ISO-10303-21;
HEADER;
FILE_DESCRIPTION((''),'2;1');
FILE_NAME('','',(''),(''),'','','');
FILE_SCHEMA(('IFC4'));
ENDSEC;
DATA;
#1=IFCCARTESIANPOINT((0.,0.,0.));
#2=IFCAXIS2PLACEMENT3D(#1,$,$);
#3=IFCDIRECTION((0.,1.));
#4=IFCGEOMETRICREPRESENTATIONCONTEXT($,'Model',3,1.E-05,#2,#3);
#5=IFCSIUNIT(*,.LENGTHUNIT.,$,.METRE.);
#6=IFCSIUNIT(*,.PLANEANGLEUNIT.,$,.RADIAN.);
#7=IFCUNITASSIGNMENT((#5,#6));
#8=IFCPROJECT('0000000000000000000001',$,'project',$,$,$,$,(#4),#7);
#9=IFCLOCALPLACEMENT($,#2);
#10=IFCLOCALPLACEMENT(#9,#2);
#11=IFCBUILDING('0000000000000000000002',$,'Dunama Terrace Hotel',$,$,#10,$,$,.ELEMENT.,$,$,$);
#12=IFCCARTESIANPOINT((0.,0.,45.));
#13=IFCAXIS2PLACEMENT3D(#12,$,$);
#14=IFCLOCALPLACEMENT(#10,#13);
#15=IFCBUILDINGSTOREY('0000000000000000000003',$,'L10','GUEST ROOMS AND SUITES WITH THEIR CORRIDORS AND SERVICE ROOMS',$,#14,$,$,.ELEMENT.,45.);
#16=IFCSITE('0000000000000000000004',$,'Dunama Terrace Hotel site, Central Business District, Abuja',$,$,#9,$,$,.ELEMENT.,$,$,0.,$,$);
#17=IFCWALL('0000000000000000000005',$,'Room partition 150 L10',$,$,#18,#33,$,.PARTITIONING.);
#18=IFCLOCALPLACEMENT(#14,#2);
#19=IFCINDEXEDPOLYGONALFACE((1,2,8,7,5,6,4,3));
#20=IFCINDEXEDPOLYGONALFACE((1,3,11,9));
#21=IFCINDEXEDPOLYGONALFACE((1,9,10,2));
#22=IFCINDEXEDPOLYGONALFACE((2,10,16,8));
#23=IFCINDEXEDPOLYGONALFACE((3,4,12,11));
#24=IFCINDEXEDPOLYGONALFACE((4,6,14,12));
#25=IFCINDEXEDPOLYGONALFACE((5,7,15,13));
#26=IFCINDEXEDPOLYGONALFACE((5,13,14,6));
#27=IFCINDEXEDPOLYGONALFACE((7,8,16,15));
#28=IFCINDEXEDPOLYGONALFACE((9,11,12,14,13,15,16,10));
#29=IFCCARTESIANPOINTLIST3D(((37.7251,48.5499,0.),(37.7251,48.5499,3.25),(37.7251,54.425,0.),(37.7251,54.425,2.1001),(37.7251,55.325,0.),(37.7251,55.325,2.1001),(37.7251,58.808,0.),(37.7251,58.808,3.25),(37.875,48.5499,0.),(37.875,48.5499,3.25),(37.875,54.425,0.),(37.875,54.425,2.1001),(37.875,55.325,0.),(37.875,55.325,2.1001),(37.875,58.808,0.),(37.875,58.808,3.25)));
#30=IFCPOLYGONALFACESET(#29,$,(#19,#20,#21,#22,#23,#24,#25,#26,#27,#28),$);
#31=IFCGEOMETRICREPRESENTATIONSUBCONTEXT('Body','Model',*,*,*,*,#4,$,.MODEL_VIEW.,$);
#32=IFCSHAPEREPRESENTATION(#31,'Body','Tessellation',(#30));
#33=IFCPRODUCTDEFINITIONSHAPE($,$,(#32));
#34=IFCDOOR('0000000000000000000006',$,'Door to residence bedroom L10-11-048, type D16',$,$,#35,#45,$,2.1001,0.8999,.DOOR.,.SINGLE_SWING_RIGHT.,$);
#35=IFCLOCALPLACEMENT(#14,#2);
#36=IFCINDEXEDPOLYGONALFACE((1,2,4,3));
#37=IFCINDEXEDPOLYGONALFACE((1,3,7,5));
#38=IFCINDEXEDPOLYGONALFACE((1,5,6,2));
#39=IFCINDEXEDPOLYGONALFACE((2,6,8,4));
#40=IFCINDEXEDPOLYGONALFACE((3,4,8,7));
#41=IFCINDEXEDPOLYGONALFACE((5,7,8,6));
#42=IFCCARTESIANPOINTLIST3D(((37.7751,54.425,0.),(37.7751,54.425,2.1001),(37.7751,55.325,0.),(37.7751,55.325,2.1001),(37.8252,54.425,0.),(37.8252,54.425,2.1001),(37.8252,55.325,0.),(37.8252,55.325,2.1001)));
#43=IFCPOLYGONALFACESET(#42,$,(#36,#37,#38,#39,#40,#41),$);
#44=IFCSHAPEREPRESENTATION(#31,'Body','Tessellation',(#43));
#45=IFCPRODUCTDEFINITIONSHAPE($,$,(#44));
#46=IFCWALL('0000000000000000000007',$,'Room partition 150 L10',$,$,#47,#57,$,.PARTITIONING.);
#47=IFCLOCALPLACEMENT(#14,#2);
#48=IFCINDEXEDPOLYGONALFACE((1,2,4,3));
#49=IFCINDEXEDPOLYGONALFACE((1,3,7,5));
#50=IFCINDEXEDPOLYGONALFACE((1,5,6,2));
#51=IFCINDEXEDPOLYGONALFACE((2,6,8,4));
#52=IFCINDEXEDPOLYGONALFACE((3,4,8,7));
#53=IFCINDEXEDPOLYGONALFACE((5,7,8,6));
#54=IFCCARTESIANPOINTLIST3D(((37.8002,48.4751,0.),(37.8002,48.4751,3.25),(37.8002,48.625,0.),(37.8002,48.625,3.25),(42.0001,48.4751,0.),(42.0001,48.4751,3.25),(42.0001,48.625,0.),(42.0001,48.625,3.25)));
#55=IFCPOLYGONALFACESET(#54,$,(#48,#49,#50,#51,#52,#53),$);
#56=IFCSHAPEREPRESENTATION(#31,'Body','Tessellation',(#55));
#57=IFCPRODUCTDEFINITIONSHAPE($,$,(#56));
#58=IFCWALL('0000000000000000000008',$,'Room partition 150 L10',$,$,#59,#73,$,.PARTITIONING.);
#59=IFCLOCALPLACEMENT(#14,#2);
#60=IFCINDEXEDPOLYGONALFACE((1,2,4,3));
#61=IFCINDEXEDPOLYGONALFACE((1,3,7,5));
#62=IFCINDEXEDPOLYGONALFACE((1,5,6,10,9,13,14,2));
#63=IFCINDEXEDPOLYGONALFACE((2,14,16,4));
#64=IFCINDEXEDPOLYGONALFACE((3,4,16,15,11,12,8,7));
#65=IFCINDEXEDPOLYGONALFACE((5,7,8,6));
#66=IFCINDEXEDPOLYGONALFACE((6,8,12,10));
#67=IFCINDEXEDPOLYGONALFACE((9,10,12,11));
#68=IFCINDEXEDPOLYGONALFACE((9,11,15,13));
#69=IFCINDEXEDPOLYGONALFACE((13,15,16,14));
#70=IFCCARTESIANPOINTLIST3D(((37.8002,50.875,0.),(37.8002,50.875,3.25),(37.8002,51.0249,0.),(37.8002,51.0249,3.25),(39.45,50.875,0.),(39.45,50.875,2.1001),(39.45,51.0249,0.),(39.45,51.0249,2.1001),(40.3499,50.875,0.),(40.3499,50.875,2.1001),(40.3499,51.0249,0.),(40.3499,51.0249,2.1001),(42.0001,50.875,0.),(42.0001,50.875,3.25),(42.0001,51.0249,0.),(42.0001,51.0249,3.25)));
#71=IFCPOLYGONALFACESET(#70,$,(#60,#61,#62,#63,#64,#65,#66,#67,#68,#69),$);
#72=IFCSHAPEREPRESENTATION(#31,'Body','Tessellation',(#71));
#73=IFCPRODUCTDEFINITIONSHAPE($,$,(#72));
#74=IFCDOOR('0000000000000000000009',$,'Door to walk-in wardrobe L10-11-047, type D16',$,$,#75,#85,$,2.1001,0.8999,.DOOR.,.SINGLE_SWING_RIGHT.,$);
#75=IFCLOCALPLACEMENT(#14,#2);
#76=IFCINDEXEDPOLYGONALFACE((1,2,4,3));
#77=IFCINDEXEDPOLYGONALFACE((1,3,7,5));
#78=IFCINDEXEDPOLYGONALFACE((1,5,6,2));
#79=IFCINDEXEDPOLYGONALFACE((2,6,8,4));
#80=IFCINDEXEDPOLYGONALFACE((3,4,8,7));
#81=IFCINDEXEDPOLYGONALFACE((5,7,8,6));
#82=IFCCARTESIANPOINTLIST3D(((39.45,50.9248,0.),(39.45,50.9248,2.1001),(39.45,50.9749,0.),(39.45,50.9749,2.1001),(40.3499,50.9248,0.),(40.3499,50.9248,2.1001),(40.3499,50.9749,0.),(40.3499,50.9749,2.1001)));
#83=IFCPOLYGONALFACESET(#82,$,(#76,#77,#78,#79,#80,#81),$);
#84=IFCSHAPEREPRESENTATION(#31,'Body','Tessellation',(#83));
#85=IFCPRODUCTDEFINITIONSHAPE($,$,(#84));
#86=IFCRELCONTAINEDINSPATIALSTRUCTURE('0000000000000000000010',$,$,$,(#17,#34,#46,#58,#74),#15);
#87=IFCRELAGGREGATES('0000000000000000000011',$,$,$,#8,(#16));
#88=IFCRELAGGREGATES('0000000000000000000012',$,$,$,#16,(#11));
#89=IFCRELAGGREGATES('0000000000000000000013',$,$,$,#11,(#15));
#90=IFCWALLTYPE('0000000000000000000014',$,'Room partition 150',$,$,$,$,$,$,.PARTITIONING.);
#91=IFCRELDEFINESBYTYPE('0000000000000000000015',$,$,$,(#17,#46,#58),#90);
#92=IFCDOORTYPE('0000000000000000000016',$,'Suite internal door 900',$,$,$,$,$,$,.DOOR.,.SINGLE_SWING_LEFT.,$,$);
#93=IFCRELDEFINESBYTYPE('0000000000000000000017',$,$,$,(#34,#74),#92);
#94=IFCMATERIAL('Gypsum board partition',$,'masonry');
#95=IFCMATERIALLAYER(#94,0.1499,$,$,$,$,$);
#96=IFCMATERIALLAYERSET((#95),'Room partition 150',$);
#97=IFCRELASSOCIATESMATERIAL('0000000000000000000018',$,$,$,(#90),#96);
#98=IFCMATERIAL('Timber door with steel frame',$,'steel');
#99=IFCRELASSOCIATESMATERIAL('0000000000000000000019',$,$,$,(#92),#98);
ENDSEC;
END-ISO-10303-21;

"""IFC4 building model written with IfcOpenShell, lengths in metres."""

from ifc_helpers import new_model, si_unit, direction, frame, frame_2d, origin, place, context, subcontext, project, spatial, rectangle, extrude, material, layer, layer_set, type_object, element, fill, save


model = new_model("IFC4")

# Units and contexts
model_context = context("Model", 3, precision=1e-05, world=origin(), true_north=direction((0.0, 1.0)))
body_context = subcontext(model_context, "Body", "Model", "MODEL_VIEW")
ifc_project = project(units=[si_unit("LENGTHUNIT", "METRE"), si_unit("PLANEANGLEUNIT", "RADIAN")], contexts=[model_context])

# Site, building, storey
site_placement = place(None, origin())
site = spatial("IfcSite", under=ifc_project, at=site_placement, Name="Dunama Terrace Hotel site, Central Business District, Abuja", CompositionType="ELEMENT", RefElevation=0.0)
building_placement = place(site_placement, origin())
building = spatial("IfcBuilding", under=site, at=building_placement, Name="Dunama Terrace Hotel", CompositionType="ELEMENT")
storey_placement = place(building_placement, frame((0.0, 0.0, 45.0)))
storey = spatial("IfcBuildingStorey", under=building, at=storey_placement, Name="L10", Description="GUEST ROOMS AND SUITES WITH THEIR CORRIDORS AND SERVICE ROOMS", CompositionType="ELEMENT", Elevation=45.0)

# Wall, opening, door
ifc_material_1 = material(Name="Gypsum board partition", Category="masonry")
ifc_layer_1 = layer(ifc_material_1, 0.1499)
ifc_layer_set_1 = layer_set([ifc_layer_1], Name="Room partition 150")
wall_type_1 = type_object("IfcWallType", Name="Room partition 150", PredefinedType="PARTITIONING", material=ifc_layer_set_1)
wall_1_placement = place(storey_placement, frame((37.8, 48.55, 0.0), z_axis=(0.0, 0.0, 1.0), x_axis=(0.0, 1.0, 0.0)))
wall_1 = element("IfcWall", 1, at=wall_1_placement, inside=storey, type_object=wall_type_1, Name="Room partition 150 L10", PredefinedType="PARTITIONING", context=body_context, shape_type="SweptSolid", body=[
    extrude(rectangle(XDim=10.2581, YDim=0.1499, at=frame_2d((5.1289, 0.0))), origin(), (0.0, 0.0, 1.0), 3.25),
])
opening_1_placement = place(wall_1_placement, frame((5.875, 0.0, 0.0)))
opening_1 = element("IfcOpeningElement", 2, at=opening_1_placement, cuts=wall_1, PredefinedType="OPENING", context=body_context, shape_type="SweptSolid", body=[
    extrude(rectangle(XDim=0.8999, YDim=2.1001, at=frame_2d((0.45, 1.05))), frame((0.0, 0.085, 0.0), z_axis=(0.0, -1.0, 0.0), x_axis=(1.0, 0.0, 0.0)), (0.0, 0.0, 1.0), 0.1699),
])
ifc_material_2 = material(Name="Timber door with steel frame", Category="steel")
door_type_1 = type_object("IfcDoorType", Name="Suite internal door 900", OperationType="SINGLE_SWING_LEFT", PredefinedType="DOOR", material=ifc_material_2)
door_1_placement = place(opening_1_placement, frame((0.8999, 0.0, 0.0), z_axis=(0.0, 0.0, 1.0), x_axis=(-1.0, 0.0, 0.0)))
door_1 = element("IfcDoor", 3, at=door_1_placement, inside=storey, type_object=door_type_1, Name="Door to residence bedroom L10-11-048, type D16", OperationType="SINGLE_SWING_RIGHT", OverallHeight=2.1001, OverallWidth=0.8999, PredefinedType="DOOR", context=body_context, shape_type="SweptSolid", body=[
    extrude(rectangle(XDim=0.8999, YDim=2.1001, at=frame_2d((0.45, 1.05))), frame((0.0, 0.0251, 0.0), z_axis=(0.0, -1.0, 0.0), x_axis=(1.0, 0.0, 0.0)), (0.0, 0.0, 1.0), 0.05),
])
fill(opening_1, door_1)

# Wall
wall_2_placement = place(storey_placement, frame((37.8, 48.55, 0.0), z_axis=(0.0, 0.0, 1.0), x_axis=(1.0, 0.0, 0.0)))
element("IfcWall", 4, at=wall_2_placement, inside=storey, type_object=wall_type_1, Name="Room partition 150 L10", PredefinedType="PARTITIONING", context=body_context, shape_type="SweptSolid", body=[
    extrude(rectangle(XDim=4.2, YDim=0.1499, at=frame_2d((2.1001, 0.0))), origin(), (0.0, 0.0, 1.0), 3.25),
])

# Wall, opening, door
wall_3_placement = place(storey_placement, frame((37.8, 50.95, 0.0), z_axis=(0.0, 0.0, 1.0), x_axis=(1.0, 0.0, 0.0)))
wall_3 = element("IfcWall", 5, at=wall_3_placement, inside=storey, type_object=wall_type_1, Name="Room partition 150 L10", PredefinedType="PARTITIONING", context=body_context, shape_type="SweptSolid", body=[
    extrude(rectangle(XDim=4.2, YDim=0.1499, at=frame_2d((2.1001, 0.0))), origin(), (0.0, 0.0, 1.0), 3.25),
])
opening_2_placement = place(wall_3_placement, frame((1.6499, 0.0, 0.0)))
opening_2 = element("IfcOpeningElement", 6, at=opening_2_placement, cuts=wall_3, PredefinedType="OPENING", context=body_context, shape_type="SweptSolid", body=[
    extrude(rectangle(XDim=0.8999, YDim=2.1001, at=frame_2d((0.45, 1.05))), frame((0.0, 0.085, 0.0), z_axis=(0.0, -1.0, 0.0), x_axis=(1.0, 0.0, 0.0)), (0.0, 0.0, 1.0), 0.1699),
])
door_2_placement = place(opening_2_placement, frame((0.8999, 0.0, 0.0), z_axis=(0.0, 0.0, 1.0), x_axis=(-1.0, 0.0, 0.0)))
door_2 = element("IfcDoor", 7, at=door_2_placement, inside=storey, type_object=door_type_1, Name="Door to walk-in wardrobe L10-11-047, type D16", OperationType="SINGLE_SWING_RIGHT", OverallHeight=2.1001, OverallWidth=0.8999, PredefinedType="DOOR", context=body_context, shape_type="SweptSolid", body=[
    extrude(rectangle(XDim=0.8999, YDim=2.1001, at=frame_2d((0.45, 1.05))), frame((0.0, 0.0251, 0.0), z_axis=(0.0, -1.0, 0.0), x_axis=(1.0, 0.0, 0.0)), (0.0, 0.0, 1.0), 0.05),
])
fill(opening_2, door_2)

save(model, "model.ifc")
